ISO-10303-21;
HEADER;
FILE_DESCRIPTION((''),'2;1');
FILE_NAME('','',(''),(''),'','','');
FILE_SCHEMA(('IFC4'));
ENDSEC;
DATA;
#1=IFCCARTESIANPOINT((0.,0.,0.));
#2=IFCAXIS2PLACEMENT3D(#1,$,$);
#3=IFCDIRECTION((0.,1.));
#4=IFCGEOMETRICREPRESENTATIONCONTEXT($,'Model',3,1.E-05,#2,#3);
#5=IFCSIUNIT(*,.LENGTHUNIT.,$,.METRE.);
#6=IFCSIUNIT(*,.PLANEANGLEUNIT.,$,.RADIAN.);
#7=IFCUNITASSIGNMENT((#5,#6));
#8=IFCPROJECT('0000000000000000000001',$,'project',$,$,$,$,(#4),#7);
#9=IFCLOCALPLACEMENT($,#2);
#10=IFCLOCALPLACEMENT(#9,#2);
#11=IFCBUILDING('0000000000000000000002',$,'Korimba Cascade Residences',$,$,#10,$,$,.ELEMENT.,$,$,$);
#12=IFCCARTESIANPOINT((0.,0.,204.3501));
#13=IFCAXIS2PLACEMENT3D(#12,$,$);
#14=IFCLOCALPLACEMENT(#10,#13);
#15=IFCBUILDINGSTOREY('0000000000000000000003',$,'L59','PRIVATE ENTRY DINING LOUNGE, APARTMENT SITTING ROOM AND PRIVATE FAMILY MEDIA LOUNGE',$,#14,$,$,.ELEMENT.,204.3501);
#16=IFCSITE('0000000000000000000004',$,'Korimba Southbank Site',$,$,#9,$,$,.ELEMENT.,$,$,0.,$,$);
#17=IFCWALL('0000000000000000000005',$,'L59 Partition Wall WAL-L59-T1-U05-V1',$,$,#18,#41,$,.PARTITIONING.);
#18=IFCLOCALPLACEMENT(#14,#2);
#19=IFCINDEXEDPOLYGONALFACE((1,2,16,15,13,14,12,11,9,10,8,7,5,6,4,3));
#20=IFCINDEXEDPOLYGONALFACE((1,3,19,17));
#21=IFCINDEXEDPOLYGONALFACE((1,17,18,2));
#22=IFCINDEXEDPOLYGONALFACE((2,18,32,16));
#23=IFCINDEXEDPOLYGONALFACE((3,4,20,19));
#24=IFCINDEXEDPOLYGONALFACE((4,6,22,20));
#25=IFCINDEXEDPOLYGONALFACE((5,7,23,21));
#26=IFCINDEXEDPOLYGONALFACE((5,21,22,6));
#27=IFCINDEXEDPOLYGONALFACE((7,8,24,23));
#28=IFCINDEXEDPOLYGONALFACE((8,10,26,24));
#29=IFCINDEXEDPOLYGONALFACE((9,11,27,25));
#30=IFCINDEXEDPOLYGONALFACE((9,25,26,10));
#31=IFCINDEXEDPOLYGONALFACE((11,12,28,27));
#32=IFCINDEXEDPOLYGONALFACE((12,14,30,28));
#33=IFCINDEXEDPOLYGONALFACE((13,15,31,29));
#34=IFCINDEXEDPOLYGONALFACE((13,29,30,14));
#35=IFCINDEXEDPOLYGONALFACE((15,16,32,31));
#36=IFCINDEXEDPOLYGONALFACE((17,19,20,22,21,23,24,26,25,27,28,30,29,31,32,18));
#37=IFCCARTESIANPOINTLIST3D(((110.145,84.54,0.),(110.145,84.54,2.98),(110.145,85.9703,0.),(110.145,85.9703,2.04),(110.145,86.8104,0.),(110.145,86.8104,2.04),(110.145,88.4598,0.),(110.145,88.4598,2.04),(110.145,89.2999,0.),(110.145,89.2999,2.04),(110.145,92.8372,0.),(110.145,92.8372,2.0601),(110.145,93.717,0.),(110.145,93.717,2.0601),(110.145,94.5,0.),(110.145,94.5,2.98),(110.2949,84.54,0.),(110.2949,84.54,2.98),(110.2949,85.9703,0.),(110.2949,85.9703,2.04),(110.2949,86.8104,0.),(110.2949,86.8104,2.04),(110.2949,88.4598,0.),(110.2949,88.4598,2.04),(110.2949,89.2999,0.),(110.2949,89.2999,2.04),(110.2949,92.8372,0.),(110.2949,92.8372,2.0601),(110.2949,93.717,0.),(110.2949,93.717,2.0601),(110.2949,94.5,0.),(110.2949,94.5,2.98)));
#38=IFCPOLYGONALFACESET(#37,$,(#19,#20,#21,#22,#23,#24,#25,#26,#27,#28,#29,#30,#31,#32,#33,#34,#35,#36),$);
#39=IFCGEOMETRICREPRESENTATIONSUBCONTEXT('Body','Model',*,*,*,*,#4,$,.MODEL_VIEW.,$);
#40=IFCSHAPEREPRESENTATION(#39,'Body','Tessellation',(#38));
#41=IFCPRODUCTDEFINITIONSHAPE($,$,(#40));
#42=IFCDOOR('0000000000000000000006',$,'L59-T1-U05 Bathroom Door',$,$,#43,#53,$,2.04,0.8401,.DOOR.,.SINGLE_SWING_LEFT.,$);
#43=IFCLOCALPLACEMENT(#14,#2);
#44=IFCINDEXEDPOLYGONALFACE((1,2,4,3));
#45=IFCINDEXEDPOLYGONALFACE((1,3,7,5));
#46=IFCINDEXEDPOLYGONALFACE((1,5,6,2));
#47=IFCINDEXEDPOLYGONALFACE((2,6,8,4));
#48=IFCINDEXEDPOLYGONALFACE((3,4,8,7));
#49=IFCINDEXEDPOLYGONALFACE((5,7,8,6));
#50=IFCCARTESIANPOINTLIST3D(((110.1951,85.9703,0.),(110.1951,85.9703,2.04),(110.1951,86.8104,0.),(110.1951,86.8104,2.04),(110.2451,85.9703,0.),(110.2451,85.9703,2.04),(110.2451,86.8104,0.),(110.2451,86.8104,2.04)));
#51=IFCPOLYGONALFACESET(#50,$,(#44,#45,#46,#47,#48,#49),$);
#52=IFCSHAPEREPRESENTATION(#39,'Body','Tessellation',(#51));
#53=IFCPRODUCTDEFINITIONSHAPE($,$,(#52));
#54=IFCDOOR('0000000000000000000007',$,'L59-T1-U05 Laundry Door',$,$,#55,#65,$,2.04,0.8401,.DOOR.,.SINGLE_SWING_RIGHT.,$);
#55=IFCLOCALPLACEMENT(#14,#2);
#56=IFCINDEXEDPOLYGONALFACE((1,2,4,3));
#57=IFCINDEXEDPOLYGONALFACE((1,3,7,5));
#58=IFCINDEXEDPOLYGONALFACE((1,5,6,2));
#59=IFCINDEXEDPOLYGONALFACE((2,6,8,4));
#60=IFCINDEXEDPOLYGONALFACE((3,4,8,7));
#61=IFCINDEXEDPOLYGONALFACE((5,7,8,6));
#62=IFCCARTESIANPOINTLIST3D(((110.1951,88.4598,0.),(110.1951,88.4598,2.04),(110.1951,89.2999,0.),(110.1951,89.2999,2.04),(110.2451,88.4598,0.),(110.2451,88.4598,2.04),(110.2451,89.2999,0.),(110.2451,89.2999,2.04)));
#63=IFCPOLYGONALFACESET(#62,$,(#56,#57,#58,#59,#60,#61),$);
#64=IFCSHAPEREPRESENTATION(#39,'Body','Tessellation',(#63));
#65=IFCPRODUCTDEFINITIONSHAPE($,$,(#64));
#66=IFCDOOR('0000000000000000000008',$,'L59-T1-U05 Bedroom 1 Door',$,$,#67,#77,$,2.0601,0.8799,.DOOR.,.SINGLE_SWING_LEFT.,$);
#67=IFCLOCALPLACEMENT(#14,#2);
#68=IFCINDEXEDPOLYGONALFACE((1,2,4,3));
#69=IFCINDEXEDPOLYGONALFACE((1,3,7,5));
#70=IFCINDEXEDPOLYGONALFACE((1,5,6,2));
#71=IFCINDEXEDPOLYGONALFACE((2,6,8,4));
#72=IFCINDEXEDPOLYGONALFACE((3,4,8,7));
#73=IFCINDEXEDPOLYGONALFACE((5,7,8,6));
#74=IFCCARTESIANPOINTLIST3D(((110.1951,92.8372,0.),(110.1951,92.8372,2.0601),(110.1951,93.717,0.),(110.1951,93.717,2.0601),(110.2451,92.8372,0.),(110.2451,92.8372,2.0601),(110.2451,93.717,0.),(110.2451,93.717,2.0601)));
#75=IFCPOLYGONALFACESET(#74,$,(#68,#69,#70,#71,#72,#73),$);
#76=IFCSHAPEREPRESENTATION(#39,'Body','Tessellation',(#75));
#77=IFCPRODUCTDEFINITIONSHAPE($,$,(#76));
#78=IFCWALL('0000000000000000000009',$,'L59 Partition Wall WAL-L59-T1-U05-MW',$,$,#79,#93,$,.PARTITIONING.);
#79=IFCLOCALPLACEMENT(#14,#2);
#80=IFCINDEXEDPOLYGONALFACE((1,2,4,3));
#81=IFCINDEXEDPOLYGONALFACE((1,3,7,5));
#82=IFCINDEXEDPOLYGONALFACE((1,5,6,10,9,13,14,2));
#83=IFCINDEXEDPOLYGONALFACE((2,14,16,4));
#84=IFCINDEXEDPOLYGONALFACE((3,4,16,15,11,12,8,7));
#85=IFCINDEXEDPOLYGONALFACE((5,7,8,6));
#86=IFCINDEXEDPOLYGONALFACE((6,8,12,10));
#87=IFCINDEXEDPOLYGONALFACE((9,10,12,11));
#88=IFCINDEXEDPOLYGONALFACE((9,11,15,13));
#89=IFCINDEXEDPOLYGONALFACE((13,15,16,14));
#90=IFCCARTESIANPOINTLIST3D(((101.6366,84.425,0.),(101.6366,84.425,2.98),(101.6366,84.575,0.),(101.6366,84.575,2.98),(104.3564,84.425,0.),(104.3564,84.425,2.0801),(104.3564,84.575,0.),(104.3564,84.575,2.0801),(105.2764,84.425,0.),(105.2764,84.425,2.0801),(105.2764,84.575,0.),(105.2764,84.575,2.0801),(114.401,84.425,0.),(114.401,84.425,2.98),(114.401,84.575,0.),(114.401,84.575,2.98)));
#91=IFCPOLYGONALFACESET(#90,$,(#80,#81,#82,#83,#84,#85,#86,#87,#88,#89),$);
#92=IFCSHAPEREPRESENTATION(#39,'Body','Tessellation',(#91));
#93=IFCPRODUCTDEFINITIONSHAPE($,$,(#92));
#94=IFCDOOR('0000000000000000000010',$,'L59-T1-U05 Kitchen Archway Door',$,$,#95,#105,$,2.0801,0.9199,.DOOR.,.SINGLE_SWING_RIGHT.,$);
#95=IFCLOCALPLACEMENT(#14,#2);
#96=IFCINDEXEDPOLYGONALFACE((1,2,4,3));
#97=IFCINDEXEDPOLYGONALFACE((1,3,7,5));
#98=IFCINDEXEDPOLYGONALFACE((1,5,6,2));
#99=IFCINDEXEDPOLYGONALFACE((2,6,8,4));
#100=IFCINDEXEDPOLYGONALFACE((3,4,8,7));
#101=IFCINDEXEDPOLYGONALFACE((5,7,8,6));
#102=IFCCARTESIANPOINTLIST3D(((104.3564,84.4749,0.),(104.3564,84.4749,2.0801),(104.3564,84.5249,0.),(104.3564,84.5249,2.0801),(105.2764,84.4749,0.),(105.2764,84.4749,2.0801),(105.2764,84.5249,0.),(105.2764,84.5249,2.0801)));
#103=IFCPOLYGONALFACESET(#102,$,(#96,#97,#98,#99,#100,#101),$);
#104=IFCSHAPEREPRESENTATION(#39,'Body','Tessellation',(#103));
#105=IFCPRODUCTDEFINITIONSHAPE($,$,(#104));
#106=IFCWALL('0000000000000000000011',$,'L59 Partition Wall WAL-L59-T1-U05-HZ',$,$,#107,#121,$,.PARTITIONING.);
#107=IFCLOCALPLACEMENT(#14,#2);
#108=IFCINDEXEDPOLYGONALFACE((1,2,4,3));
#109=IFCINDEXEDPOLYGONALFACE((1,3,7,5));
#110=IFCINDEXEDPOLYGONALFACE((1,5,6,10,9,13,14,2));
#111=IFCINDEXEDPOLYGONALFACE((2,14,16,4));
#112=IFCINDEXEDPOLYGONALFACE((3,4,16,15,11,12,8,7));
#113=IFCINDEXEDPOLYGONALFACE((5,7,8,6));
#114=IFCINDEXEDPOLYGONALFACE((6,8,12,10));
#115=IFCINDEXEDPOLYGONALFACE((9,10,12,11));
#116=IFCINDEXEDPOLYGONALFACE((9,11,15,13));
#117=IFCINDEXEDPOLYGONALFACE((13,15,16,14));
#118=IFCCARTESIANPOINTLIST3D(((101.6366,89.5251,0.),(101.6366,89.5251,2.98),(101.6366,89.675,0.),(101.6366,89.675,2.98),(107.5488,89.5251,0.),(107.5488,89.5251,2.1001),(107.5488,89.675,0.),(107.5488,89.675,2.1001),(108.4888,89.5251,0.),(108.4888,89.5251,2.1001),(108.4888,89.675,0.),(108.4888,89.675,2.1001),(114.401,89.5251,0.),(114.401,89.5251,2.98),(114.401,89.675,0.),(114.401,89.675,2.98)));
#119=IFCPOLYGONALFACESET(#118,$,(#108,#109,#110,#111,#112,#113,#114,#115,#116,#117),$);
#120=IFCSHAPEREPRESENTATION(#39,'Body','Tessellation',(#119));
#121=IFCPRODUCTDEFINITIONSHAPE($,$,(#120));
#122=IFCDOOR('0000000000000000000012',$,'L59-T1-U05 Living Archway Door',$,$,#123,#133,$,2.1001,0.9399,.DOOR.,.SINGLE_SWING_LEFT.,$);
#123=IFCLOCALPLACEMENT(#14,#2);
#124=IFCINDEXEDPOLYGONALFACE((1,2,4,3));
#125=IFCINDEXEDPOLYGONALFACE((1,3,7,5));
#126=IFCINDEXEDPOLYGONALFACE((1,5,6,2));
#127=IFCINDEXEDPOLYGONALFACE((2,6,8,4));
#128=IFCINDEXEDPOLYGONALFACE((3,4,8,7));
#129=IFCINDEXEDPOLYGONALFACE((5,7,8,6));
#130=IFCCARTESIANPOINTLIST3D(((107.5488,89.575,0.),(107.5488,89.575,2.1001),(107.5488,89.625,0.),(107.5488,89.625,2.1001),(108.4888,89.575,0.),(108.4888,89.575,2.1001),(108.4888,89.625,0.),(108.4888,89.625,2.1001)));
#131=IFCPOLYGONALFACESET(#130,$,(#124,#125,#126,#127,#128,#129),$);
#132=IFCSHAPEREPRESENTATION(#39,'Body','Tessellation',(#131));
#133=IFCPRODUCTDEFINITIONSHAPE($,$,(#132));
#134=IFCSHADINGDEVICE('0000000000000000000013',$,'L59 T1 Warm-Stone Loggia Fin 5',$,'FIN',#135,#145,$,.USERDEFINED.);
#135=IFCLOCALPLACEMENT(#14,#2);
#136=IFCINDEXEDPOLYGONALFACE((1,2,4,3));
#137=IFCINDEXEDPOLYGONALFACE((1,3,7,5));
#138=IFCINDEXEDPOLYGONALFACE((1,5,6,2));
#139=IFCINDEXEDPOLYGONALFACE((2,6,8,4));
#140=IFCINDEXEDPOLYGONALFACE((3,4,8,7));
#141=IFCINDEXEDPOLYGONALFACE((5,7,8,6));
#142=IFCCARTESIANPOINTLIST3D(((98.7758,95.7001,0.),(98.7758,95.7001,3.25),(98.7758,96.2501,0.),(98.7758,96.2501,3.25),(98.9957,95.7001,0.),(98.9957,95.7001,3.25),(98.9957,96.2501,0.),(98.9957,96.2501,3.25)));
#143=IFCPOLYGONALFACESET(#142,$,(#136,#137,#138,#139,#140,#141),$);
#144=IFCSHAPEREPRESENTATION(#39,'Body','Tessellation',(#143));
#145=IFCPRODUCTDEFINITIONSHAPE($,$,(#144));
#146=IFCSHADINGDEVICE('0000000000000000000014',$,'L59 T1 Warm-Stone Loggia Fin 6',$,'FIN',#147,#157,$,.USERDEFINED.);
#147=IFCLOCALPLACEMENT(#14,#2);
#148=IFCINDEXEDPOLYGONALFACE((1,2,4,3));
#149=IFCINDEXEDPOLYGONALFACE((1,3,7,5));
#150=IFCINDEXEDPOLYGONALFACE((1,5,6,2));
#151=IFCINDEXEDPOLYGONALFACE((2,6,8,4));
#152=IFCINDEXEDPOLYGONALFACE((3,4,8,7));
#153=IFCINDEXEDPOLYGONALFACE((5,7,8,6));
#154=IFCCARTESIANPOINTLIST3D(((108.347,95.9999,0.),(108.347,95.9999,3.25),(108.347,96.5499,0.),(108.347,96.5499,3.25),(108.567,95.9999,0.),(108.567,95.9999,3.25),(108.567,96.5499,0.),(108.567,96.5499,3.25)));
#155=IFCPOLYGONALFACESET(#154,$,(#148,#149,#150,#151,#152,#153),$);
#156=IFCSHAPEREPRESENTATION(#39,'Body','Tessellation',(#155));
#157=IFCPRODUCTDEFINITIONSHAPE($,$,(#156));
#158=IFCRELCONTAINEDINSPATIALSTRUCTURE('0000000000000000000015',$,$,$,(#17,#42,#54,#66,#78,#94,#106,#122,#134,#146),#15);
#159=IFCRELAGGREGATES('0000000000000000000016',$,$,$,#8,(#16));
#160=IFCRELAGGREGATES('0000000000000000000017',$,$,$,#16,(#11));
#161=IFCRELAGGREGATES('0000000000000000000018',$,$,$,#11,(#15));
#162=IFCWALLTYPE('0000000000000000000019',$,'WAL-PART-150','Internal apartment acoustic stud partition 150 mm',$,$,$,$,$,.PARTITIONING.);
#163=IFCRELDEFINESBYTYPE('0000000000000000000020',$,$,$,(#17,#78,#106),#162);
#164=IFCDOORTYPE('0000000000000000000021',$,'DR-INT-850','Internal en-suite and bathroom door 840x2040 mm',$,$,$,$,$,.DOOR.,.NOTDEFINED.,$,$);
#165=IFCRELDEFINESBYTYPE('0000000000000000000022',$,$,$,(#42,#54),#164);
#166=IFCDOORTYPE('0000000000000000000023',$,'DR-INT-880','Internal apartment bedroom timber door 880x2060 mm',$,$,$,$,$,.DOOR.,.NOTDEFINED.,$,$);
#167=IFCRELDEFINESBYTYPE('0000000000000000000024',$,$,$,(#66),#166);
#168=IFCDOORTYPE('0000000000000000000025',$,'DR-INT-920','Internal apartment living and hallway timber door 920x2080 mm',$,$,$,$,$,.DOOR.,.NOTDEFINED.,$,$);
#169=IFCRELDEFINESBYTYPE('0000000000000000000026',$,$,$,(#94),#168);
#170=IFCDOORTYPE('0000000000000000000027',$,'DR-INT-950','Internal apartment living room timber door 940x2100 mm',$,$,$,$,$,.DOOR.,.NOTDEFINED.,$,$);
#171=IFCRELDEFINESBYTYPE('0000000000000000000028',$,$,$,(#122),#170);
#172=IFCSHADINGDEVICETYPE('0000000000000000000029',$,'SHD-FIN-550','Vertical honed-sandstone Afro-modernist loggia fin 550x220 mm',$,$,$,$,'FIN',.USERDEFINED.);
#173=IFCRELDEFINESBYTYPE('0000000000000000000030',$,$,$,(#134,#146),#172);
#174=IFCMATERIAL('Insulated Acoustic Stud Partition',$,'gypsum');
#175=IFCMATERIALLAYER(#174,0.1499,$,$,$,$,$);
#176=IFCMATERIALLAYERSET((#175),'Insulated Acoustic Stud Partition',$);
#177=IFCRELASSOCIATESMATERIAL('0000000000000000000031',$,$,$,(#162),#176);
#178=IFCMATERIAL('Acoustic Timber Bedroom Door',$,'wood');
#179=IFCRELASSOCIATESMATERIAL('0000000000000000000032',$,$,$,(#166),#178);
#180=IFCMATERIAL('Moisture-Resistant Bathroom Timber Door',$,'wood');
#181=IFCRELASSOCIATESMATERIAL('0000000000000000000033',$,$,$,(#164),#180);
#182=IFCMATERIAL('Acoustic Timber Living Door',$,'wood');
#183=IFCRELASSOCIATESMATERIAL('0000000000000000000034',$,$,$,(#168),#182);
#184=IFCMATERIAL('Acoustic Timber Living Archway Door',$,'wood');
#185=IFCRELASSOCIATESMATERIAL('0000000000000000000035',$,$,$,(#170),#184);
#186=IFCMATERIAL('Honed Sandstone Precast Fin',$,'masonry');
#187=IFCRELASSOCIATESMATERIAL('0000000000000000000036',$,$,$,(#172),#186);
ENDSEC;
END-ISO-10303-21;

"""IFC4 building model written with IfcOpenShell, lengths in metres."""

from ifc_helpers import new_model, si_unit, direction, frame, frame_2d, origin, origin_2d, place, context, subcontext, project, spatial, rectangle, extrude, material, layer, layer_set, type_object, element, fill, save


model = new_model("IFC4")

# Units and contexts
model_context = context("Model", 3, precision=1e-05, world=origin(), true_north=direction((0.0, 1.0)))
body_context = subcontext(model_context, "Body", "Model", "MODEL_VIEW")
ifc_project = project(units=[si_unit("LENGTHUNIT", "METRE"), si_unit("PLANEANGLEUNIT", "RADIAN")], contexts=[model_context])

# Site, building, storey
site_placement = place(None, origin())
site = spatial("IfcSite", under=ifc_project, at=site_placement, Name="Korimba Southbank Site", CompositionType="ELEMENT", RefElevation=0.0)
building_placement = place(site_placement, origin())
building = spatial("IfcBuilding", under=site, at=building_placement, Name="Korimba Cascade Residences", CompositionType="ELEMENT")
storey_placement = place(building_placement, frame((0.0, 0.0, 204.3501)))
storey = spatial("IfcBuildingStorey", under=building, at=storey_placement, Name="L59", Description="PRIVATE ENTRY DINING LOUNGE, APARTMENT SITTING ROOM AND PRIVATE FAMILY MEDIA LOUNGE", CompositionType="ELEMENT", Elevation=204.3501)

# Shared definitions
ifc_material_1 = material(Name="Insulated Acoustic Stud Partition", Category="gypsum")
ifc_layer = layer(ifc_material_1, 0.1499)
ifc_layer_set = layer_set([ifc_layer], Name="Insulated Acoustic Stud Partition")
wall_type = type_object("IfcWallType", Name="WAL-PART-150", Description="Internal apartment acoustic stud partition 150 mm", PredefinedType="PARTITIONING", material=ifc_layer_set)
ifc_material_2 = material(Name="Acoustic Timber Bedroom Door", Category="wood")
door_type_1 = type_object("IfcDoorType", Name="DR-INT-880", Description="Internal apartment bedroom timber door 880x2060 mm", OperationType="NOTDEFINED", PredefinedType="DOOR", material=ifc_material_2)
ifc_material_3 = material(Name="Moisture-Resistant Bathroom Timber Door", Category="wood")
door_type_2 = type_object("IfcDoorType", Name="DR-INT-850", Description="Internal en-suite and bathroom door 840x2040 mm", OperationType="NOTDEFINED", PredefinedType="DOOR", material=ifc_material_3)

# Wall, openings, doors
wall_1_placement = place(storey_placement, frame((110.22, 84.54, 0.0), z_axis=(0.0, 0.0, 1.0), x_axis=(0.0, 1.0, 0.0)))
wall_1 = element("IfcWall", 1, at=wall_1_placement, inside=storey, type_object=wall_type, Name="L59 Partition Wall WAL-L59-T1-U05-V1", PredefinedType="PARTITIONING", context=body_context, shape_type="SweptSolid", body=[
    extrude(rectangle(XDim=9.96, YDim=0.1499, at=frame_2d((4.98, 0.0))), origin(), (0.0, 0.0, 1.0), 2.98),
])
opening_1_placement = place(wall_1_placement, frame((1.4304, 0.0, 0.0)))
opening_1 = element("IfcOpeningElement", 2, at=opening_1_placement, cuts=wall_1, PredefinedType="OPENING", context=body_context, shape_type="SweptSolid", body=[
    extrude(rectangle(XDim=0.8401, YDim=2.04, at=frame_2d((0.4199, 1.02))), frame((0.0, 0.085, 0.0), z_axis=(0.0, -1.0, 0.0), x_axis=(1.0, 0.0, 0.0)), (0.0, 0.0, 1.0), 0.1699),
])
opening_2_placement = place(wall_1_placement, frame((3.9199, 0.0, 0.0)))
opening_2 = element("IfcOpeningElement", 3, at=opening_2_placement, cuts=wall_1, PredefinedType="OPENING", context=body_context, shape_type="SweptSolid", body=[
    extrude(rectangle(XDim=0.8401, YDim=2.04, at=frame_2d((0.4199, 1.02))), frame((0.0, 0.085, 0.0), z_axis=(0.0, -1.0, 0.0), x_axis=(1.0, 0.0, 0.0)), (0.0, 0.0, 1.0), 0.1699),
])
opening_3_placement = place(wall_1_placement, frame((8.2971, 0.0, 0.0)))
opening_3 = element("IfcOpeningElement", 4, at=opening_3_placement, cuts=wall_1, PredefinedType="OPENING", context=body_context, shape_type="SweptSolid", body=[
    extrude(rectangle(XDim=0.8799, YDim=2.0601, at=frame_2d((0.4399, 1.03))), frame((0.0, 0.085, 0.0), z_axis=(0.0, -1.0, 0.0), x_axis=(1.0, 0.0, 0.0)), (0.0, 0.0, 1.0), 0.1699),
])
door_1_placement = place(opening_1_placement, origin())
door_1 = element("IfcDoor", 5, at=door_1_placement, inside=storey, type_object=door_type_2, Name="L59-T1-U05 Bathroom Door", OperationType="SINGLE_SWING_LEFT", OverallHeight=2.04, OverallWidth=0.8401, PredefinedType="DOOR", context=body_context, shape_type="SweptSolid", body=[
    extrude(rectangle(XDim=0.8401, YDim=2.04, at=frame_2d((0.4199, 1.02))), frame((0.0, 0.0249, 0.0), z_axis=(0.0, -1.0, 0.0), x_axis=(1.0, 0.0, 0.0)), (0.0, 0.0, 1.0), 0.05),
])
fill(opening_1, door_1)
door_2_placement = place(opening_2_placement, origin())
door_2 = element("IfcDoor", 6, at=door_2_placement, inside=storey, type_object=door_type_2, Name="L59-T1-U05 Laundry Door", OperationType="SINGLE_SWING_RIGHT", OverallHeight=2.04, OverallWidth=0.8401, PredefinedType="DOOR", context=body_context, shape_type="SweptSolid", body=[
    extrude(rectangle(XDim=0.8401, YDim=2.04, at=frame_2d((0.4199, 1.02))), frame((0.0, 0.0249, 0.0), z_axis=(0.0, -1.0, 0.0), x_axis=(1.0, 0.0, 0.0)), (0.0, 0.0, 1.0), 0.05),
])
fill(opening_2, door_2)
door_3_placement = place(opening_3_placement, origin())
door_3 = element("IfcDoor", 7, at=door_3_placement, inside=storey, type_object=door_type_1, Name="L59-T1-U05 Bedroom 1 Door", OperationType="SINGLE_SWING_LEFT", OverallHeight=2.0601, OverallWidth=0.8799, PredefinedType="DOOR", context=body_context, shape_type="SweptSolid", body=[
    extrude(rectangle(XDim=0.8799, YDim=2.0601, at=frame_2d((0.4399, 1.03))), frame((0.0, 0.0249, 0.0), z_axis=(0.0, -1.0, 0.0), x_axis=(1.0, 0.0, 0.0)), (0.0, 0.0, 1.0), 0.05),
])
fill(opening_3, door_3)

# Walls, openings, doors
wall_2_placement = place(storey_placement, frame((101.6365, 84.5, 0.0), z_axis=(0.0, 0.0, 1.0), x_axis=(1.0, 0.0, 0.0)))
wall_2 = element("IfcWall", 8, at=wall_2_placement, inside=storey, type_object=wall_type, Name="L59 Partition Wall WAL-L59-T1-U05-MW", PredefinedType="PARTITIONING", context=body_context, shape_type="SweptSolid", body=[
    extrude(rectangle(XDim=12.7644, YDim=0.1499, at=frame_2d((6.3823, 0.0))), origin(), (0.0, 0.0, 1.0), 2.98),
])
opening_4_placement = place(wall_2_placement, frame((2.72, 0.0, 0.0)))
opening_4 = element("IfcOpeningElement", 9, at=opening_4_placement, cuts=wall_2, PredefinedType="OPENING", context=body_context, shape_type="SweptSolid", body=[
    extrude(rectangle(XDim=0.9199, YDim=2.0801, at=frame_2d((0.46, 1.04))), frame((0.0, 0.085, 0.0), z_axis=(0.0, -1.0, 0.0), x_axis=(1.0, 0.0, 0.0)), (0.0, 0.0, 1.0), 0.1699),
])
ifc_material_4 = material(Name="Acoustic Timber Living Door", Category="wood")
door_type_3 = type_object("IfcDoorType", Name="DR-INT-920", Description="Internal apartment living and hallway timber door 920x2080 mm", OperationType="NOTDEFINED", PredefinedType="DOOR", material=ifc_material_4)
door_4_placement = place(opening_4_placement, origin())
door_4 = element("IfcDoor", 10, at=door_4_placement, inside=storey, type_object=door_type_3, Name="L59-T1-U05 Kitchen Archway Door", OperationType="SINGLE_SWING_RIGHT", OverallHeight=2.0801, OverallWidth=0.9199, PredefinedType="DOOR", context=body_context, shape_type="SweptSolid", body=[
    extrude(rectangle(XDim=0.9199, YDim=2.0801, at=frame_2d((0.46, 1.04))), frame((0.0, 0.0249, 0.0), z_axis=(0.0, -1.0, 0.0), x_axis=(1.0, 0.0, 0.0)), (0.0, 0.0, 1.0), 0.05),
])
fill(opening_4, door_4)
wall_3_placement = place(storey_placement, frame((101.6365, 89.6001, 0.0), z_axis=(0.0, 0.0, 1.0), x_axis=(1.0, 0.0, 0.0)))
wall_3 = element("IfcWall", 11, at=wall_3_placement, inside=storey, type_object=wall_type, Name="L59 Partition Wall WAL-L59-T1-U05-HZ", PredefinedType="PARTITIONING", context=body_context, shape_type="SweptSolid", body=[
    extrude(rectangle(XDim=12.7644, YDim=0.1499, at=frame_2d((6.3823, 0.0))), origin(), (0.0, 0.0, 1.0), 2.98),
])
opening_5_placement = place(wall_3_placement, frame((5.9124, 0.0, 0.0)))
opening_5 = element("IfcOpeningElement", 12, at=opening_5_placement, cuts=wall_3, PredefinedType="OPENING", context=body_context, shape_type="SweptSolid", body=[
    extrude(rectangle(XDim=0.9399, YDim=2.1001, at=frame_2d((0.47, 1.05))), frame((0.0, 0.085, 0.0), z_axis=(0.0, -1.0, 0.0), x_axis=(1.0, 0.0, 0.0)), (0.0, 0.0, 1.0), 0.1699),
])
ifc_material_5 = material(Name="Acoustic Timber Living Archway Door", Category="wood")
door_type_4 = type_object("IfcDoorType", Name="DR-INT-950", Description="Internal apartment living room timber door 940x2100 mm", OperationType="NOTDEFINED", PredefinedType="DOOR", material=ifc_material_5)
door_5_placement = place(opening_5_placement, origin())
door_5 = element("IfcDoor", 13, at=door_5_placement, inside=storey, type_object=door_type_4, Name="L59-T1-U05 Living Archway Door", OperationType="SINGLE_SWING_LEFT", OverallHeight=2.1001, OverallWidth=0.9399, PredefinedType="DOOR", context=body_context, shape_type="SweptSolid", body=[
    extrude(rectangle(XDim=0.9399, YDim=2.1001, at=frame_2d((0.47, 1.05))), frame((0.0, 0.0249, 0.0), z_axis=(0.0, -1.0, 0.0), x_axis=(1.0, 0.0, 0.0)), (0.0, 0.0, 1.0), 0.05),
])
fill(opening_5, door_5)

# Shading devices
ifc_material_6 = material(Name="Honed Sandstone Precast Fin", Category="masonry")
shading_device_type = type_object("IfcShadingDeviceType", Name="SHD-FIN-550", Description="Vertical honed-sandstone Afro-modernist loggia fin 550x220 mm", ElementType="FIN", PredefinedType="USERDEFINED", material=ifc_material_6)
for number, where, z_axis, x_axis, name in (
    (14, (98.8857, 95.9751, 0.0), (0.0, 0.0, 1.0), (1.0, 0.0, 0.0), "L59 T1 Warm-Stone Loggia Fin 5"),
    (15, (108.457, 96.2749, 0.0), (0.0, 0.0, 1.0), (1.0, 0.0, 0.0), "L59 T1 Warm-Stone Loggia Fin 6"),
):
    element("IfcShadingDevice", number, at=place(storey_placement, frame(where, z_axis=z_axis, x_axis=x_axis)), inside=storey, type_object=shading_device_type, Name=name, ObjectType="FIN", PredefinedType="USERDEFINED", context=body_context, shape_type="SweptSolid", body=[
        extrude(rectangle(XDim=0.22, YDim=0.55, at=origin_2d()), origin(), (0.0, 0.0, 1.0), 3.25),
    ])

save(model, "model.ifc")
